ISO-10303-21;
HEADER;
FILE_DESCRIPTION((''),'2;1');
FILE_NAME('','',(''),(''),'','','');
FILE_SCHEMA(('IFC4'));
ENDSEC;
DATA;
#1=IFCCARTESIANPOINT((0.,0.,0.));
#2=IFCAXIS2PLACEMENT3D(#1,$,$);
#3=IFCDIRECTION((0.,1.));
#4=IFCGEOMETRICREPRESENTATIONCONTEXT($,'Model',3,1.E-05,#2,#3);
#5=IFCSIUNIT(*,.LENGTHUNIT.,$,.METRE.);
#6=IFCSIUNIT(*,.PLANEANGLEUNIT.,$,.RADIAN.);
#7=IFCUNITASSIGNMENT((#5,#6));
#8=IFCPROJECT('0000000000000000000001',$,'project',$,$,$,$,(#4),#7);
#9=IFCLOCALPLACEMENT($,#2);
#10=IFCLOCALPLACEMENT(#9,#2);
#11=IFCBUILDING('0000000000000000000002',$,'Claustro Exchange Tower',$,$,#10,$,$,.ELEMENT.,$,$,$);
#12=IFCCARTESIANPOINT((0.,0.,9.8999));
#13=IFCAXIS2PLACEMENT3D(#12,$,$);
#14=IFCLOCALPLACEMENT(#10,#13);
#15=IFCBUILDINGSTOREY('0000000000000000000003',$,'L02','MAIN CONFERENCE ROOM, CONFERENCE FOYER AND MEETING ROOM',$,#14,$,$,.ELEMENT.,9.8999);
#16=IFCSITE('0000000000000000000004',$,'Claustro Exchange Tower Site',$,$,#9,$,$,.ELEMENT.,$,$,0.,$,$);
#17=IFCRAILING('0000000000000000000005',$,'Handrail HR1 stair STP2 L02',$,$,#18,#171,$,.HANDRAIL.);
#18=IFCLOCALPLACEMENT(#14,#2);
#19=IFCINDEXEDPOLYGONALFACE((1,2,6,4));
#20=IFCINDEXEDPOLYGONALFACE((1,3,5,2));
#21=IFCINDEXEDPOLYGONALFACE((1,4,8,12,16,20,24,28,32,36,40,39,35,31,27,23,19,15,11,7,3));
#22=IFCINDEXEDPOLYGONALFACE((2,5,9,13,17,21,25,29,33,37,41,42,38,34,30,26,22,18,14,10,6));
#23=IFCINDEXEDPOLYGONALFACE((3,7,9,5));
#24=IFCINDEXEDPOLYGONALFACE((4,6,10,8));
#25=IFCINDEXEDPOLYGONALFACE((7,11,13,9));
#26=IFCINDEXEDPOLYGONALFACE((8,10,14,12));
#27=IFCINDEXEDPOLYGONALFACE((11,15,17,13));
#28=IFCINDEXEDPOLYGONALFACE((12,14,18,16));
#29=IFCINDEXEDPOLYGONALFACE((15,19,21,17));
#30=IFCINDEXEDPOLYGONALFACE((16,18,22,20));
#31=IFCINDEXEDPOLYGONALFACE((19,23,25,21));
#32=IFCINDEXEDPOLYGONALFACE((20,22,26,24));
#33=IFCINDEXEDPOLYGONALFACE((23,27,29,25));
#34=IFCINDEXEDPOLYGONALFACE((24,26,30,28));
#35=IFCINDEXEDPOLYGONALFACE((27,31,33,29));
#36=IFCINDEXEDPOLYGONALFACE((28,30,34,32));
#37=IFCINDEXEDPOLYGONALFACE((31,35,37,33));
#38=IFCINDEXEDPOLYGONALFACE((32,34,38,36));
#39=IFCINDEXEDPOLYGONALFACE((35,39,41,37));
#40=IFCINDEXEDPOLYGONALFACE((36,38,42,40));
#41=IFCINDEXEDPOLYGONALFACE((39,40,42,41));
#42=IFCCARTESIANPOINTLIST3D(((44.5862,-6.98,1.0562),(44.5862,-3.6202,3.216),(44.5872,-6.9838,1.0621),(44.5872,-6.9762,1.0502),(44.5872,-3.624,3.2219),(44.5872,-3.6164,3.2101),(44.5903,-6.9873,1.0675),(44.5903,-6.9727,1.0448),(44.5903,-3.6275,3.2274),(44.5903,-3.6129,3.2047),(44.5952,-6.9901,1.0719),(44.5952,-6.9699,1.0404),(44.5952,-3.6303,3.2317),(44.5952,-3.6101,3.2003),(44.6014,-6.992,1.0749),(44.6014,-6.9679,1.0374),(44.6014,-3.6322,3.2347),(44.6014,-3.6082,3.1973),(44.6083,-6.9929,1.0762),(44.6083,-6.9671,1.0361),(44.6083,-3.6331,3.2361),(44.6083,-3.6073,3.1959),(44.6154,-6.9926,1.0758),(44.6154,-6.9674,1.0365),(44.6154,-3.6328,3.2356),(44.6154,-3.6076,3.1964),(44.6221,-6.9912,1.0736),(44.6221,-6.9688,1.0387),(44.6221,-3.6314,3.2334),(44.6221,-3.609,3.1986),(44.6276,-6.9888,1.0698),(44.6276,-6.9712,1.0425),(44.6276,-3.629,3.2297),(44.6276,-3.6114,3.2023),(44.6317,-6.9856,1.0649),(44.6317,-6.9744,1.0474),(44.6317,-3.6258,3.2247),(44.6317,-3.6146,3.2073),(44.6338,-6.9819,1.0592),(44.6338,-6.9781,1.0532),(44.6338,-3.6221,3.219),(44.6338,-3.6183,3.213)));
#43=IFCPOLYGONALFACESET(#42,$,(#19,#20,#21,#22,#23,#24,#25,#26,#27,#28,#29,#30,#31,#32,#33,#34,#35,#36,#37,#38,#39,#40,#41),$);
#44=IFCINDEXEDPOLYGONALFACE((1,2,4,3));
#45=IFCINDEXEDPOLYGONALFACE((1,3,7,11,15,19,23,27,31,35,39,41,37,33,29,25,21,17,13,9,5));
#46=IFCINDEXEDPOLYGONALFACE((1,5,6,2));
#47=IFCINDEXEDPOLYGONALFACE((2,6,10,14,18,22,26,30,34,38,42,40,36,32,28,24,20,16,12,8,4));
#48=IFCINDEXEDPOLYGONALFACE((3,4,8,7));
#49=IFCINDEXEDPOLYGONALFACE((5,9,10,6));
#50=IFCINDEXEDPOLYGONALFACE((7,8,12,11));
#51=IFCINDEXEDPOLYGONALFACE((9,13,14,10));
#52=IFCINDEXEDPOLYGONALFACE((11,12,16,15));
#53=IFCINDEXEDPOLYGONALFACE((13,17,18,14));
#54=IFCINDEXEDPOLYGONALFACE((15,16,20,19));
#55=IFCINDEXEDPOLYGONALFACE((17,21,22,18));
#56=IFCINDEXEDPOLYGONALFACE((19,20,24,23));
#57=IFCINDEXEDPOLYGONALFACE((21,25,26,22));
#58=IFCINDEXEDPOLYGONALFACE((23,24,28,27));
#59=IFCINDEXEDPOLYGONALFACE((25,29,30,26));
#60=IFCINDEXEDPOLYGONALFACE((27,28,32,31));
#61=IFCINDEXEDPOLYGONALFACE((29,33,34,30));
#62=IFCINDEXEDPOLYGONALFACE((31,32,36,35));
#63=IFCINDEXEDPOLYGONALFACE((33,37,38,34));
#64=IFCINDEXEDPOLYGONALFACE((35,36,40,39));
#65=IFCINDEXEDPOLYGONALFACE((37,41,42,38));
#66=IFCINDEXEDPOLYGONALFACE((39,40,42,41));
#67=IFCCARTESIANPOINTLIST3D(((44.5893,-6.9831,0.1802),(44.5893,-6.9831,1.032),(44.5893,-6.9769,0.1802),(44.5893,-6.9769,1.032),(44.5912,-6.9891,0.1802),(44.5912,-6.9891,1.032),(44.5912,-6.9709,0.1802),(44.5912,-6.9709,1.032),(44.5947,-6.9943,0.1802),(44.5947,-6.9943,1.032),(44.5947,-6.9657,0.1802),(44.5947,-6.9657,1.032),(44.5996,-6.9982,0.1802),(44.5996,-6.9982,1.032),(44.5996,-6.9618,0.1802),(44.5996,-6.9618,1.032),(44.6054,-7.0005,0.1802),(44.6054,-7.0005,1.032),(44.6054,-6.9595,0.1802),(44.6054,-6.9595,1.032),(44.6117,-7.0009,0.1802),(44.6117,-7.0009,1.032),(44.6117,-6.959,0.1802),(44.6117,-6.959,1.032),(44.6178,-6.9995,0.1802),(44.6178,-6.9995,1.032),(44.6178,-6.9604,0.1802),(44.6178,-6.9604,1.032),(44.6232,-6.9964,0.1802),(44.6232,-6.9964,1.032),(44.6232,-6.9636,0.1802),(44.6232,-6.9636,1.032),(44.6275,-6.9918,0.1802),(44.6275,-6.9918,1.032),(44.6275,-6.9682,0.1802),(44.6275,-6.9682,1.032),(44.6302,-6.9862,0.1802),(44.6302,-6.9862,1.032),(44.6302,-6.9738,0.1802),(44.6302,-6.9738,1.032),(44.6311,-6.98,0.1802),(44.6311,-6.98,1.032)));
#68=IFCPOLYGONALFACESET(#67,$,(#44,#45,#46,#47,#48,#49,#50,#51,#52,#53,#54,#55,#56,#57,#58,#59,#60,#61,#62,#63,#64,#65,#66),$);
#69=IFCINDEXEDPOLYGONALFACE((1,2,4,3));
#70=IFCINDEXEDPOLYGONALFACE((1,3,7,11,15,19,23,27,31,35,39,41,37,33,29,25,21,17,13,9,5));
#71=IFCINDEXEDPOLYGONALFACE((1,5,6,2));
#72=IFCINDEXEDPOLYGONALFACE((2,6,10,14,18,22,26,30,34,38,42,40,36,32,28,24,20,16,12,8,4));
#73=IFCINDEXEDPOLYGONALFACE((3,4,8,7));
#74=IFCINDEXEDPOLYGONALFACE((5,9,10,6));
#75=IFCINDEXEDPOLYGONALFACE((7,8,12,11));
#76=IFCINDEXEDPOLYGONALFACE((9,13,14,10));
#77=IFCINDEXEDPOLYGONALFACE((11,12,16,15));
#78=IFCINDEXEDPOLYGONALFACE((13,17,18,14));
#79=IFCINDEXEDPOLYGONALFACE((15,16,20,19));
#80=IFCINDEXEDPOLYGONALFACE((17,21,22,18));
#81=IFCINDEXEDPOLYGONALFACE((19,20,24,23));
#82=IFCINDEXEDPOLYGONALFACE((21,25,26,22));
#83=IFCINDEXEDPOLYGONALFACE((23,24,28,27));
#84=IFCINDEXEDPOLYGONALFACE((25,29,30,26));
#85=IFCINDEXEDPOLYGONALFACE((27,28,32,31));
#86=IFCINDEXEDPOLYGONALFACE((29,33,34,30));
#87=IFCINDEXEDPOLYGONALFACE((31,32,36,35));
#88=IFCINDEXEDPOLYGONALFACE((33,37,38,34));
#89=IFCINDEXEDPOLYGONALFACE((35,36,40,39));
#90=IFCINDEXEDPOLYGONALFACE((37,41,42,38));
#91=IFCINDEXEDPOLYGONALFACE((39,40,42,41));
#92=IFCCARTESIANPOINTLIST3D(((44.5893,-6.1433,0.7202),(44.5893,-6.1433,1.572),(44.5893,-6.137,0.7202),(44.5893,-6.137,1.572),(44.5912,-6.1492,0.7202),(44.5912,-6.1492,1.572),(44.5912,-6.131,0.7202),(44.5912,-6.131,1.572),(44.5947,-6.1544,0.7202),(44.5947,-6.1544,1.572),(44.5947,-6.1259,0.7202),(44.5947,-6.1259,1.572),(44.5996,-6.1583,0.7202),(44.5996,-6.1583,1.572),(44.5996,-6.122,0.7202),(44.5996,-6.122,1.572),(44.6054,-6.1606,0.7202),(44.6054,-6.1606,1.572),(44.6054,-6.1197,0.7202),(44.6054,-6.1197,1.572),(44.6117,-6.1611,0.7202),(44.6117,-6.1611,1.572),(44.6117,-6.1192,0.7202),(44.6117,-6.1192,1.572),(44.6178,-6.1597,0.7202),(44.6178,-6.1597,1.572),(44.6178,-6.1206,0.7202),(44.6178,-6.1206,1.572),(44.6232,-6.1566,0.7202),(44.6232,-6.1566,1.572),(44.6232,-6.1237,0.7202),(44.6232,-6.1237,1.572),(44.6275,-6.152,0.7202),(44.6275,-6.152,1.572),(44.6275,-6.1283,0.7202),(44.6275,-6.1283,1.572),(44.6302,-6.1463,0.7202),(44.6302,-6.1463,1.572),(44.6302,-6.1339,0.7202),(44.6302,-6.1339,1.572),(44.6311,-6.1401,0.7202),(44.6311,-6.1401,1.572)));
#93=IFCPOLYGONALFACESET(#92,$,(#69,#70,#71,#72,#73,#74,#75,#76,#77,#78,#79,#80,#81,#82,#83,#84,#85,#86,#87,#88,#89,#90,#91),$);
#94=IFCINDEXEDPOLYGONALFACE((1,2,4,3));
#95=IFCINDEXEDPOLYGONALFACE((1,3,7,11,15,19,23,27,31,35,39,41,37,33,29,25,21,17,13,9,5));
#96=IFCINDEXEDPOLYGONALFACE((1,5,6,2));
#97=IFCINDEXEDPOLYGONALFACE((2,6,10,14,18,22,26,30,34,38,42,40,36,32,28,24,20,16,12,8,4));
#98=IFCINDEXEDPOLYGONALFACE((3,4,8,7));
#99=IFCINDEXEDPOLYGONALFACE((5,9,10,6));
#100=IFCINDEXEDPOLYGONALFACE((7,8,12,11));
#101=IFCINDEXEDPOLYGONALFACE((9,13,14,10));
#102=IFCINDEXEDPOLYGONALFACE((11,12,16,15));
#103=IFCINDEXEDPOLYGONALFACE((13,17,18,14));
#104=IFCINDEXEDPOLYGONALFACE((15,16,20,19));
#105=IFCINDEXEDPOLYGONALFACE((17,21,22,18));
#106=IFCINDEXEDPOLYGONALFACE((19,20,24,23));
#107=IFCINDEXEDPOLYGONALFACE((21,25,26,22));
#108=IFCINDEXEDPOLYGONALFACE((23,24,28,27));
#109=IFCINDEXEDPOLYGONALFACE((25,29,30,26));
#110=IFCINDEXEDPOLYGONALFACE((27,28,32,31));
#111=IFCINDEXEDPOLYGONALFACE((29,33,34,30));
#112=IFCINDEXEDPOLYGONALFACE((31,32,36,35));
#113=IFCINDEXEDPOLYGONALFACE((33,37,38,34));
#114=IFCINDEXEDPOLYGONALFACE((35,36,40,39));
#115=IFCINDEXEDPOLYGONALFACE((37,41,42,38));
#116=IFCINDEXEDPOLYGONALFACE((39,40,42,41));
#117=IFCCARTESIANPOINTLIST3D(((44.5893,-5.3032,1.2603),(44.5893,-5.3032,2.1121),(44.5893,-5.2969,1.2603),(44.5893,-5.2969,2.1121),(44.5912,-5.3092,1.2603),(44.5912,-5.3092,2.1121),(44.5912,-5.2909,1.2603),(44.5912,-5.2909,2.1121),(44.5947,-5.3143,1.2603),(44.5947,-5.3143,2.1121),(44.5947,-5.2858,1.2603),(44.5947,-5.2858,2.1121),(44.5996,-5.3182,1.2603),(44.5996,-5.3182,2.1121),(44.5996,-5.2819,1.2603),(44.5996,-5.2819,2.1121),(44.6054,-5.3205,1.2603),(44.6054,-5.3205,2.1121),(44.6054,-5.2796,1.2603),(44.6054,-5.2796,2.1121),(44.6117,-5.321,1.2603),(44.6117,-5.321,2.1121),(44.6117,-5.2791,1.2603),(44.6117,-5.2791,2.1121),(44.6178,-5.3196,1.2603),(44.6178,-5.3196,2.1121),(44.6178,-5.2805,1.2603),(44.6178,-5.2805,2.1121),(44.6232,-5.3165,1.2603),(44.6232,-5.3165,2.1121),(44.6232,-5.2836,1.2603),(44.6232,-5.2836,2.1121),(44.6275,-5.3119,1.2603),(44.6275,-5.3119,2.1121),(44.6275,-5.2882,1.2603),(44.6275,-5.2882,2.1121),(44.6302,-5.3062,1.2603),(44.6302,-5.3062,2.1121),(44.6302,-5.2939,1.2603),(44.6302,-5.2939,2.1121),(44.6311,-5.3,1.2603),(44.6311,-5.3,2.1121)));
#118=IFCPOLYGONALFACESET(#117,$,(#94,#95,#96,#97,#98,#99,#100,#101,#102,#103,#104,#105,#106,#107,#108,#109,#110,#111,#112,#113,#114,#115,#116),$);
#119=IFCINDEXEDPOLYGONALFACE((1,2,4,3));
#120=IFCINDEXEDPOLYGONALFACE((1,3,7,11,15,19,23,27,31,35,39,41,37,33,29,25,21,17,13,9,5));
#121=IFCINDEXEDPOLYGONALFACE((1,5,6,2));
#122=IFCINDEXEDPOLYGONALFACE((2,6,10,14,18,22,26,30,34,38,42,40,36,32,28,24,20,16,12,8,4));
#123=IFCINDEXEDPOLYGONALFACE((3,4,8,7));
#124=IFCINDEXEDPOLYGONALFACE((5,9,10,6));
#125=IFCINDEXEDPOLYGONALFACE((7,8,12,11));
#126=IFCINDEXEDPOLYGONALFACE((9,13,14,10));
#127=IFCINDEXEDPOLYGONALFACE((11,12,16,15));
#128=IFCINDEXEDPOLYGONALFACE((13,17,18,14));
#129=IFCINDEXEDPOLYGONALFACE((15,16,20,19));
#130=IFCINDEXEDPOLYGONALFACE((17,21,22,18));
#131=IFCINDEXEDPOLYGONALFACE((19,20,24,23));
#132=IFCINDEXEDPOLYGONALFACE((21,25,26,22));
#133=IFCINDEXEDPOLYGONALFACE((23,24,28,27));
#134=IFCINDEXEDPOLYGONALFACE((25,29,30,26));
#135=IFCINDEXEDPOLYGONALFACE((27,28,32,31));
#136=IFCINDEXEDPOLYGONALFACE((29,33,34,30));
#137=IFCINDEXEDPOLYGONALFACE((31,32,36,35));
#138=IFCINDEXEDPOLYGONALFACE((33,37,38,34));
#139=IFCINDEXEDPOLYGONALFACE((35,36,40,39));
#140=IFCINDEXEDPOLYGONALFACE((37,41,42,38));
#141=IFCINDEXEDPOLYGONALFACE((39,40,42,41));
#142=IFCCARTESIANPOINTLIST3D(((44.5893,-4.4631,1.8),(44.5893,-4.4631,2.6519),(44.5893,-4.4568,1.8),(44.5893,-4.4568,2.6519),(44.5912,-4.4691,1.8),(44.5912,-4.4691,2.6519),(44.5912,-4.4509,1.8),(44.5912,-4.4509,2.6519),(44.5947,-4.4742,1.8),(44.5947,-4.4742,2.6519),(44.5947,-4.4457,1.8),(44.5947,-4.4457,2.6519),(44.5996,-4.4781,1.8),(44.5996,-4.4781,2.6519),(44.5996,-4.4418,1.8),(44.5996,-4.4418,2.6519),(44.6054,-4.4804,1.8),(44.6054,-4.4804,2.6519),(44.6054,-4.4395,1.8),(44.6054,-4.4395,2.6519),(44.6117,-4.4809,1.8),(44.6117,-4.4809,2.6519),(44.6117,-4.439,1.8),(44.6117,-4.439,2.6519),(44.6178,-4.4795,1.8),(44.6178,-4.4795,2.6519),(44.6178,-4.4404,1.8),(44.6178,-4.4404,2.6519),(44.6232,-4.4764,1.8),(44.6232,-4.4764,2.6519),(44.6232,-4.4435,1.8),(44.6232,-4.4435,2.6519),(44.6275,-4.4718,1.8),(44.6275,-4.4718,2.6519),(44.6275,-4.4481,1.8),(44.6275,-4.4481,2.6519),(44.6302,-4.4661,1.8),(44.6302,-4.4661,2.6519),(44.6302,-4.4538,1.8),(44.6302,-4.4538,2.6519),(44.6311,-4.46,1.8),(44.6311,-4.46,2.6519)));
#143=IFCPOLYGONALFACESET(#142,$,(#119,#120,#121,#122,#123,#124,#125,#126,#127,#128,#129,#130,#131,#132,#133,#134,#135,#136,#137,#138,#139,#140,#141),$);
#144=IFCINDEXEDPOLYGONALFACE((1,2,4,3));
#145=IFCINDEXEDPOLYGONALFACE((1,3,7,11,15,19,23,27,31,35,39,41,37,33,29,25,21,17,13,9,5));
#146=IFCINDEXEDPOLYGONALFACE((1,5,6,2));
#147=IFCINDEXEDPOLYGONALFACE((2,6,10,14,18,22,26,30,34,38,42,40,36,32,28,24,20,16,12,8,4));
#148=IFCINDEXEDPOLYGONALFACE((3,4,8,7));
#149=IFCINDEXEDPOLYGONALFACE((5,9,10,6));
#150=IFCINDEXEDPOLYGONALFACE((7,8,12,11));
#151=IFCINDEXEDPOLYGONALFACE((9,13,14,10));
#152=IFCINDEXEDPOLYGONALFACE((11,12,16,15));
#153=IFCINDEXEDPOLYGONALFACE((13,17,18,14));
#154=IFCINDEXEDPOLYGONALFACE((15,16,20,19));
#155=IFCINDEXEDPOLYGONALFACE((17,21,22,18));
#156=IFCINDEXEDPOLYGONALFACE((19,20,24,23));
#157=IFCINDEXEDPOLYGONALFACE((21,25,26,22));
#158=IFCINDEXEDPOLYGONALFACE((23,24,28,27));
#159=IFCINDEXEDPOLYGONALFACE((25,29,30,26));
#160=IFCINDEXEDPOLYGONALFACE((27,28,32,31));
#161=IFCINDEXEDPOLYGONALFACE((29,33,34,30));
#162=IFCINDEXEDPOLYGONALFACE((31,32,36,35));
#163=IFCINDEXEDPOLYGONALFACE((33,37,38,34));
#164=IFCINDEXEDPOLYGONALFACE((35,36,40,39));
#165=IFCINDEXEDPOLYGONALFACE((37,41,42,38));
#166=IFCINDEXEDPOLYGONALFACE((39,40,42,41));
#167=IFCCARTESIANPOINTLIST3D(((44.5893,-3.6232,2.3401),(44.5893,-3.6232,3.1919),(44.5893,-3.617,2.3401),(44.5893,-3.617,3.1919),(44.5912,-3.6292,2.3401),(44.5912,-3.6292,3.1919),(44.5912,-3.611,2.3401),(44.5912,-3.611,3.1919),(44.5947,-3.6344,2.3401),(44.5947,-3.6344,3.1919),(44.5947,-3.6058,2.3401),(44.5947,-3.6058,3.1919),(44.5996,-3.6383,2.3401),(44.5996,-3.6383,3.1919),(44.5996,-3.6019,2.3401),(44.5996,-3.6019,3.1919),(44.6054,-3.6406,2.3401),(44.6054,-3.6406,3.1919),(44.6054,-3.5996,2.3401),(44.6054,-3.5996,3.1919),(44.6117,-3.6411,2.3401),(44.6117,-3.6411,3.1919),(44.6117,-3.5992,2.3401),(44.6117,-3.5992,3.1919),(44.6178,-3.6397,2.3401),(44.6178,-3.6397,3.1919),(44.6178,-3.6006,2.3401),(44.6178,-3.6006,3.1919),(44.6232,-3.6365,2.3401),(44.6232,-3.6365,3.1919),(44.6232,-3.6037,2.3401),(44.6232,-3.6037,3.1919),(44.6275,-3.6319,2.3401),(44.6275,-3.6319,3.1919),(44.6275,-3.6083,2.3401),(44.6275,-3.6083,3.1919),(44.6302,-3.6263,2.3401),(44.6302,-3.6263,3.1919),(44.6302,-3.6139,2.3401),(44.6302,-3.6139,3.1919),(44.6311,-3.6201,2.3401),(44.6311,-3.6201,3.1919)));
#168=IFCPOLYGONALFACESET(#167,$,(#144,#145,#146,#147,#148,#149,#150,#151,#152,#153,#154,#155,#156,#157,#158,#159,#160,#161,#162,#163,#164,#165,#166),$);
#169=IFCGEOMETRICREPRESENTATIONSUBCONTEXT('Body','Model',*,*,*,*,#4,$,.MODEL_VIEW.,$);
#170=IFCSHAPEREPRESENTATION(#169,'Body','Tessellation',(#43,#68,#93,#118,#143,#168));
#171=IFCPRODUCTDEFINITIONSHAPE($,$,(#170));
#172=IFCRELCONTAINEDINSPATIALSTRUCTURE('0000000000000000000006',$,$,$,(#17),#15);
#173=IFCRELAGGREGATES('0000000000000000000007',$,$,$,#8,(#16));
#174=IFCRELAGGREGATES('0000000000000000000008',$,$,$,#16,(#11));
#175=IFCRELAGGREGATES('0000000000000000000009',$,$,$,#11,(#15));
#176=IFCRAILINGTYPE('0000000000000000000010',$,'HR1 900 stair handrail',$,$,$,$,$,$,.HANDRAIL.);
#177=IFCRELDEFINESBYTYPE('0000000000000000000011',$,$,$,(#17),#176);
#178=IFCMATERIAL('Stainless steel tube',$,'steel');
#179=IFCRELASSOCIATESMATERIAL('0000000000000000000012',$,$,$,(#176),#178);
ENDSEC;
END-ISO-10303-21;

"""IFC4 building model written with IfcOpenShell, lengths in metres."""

from ifc_helpers import new_model, si_unit, direction, frame, origin, origin_2d, place, context, subcontext, project, spatial, circle, extrude, material, type_object, element, save


model = new_model("IFC4")

# Units and contexts
model_context = context("Model", 3, precision=1e-05, world=origin(), true_north=direction((0.0, 1.0)))
body_context = subcontext(model_context, "Body", "Model", "MODEL_VIEW")
ifc_project = project(units=[si_unit("LENGTHUNIT", "METRE"), si_unit("PLANEANGLEUNIT", "RADIAN")], contexts=[model_context])

# Site, building, storey
site_placement = place(None, origin())
site = spatial("IfcSite", under=ifc_project, at=site_placement, Name="Claustro Exchange Tower Site", CompositionType="ELEMENT", RefElevation=0.0)
building_placement = place(site_placement, origin())
building = spatial("IfcBuilding", under=site, at=building_placement, Name="Claustro Exchange Tower", CompositionType="ELEMENT")
storey_placement = place(building_placement, frame((0.0, 0.0, 9.8999)))
storey = spatial("IfcBuildingStorey", under=building, at=storey_placement, Name="L02", Description="MAIN CONFERENCE ROOM, CONFERENCE FOYER AND MEETING ROOM", CompositionType="ELEMENT", Elevation=9.8999)

# Railing
ifc_material_1 = material(Name="Stainless steel tube", Category="steel")
railing_type_1 = type_object("IfcRailingType", Name="HR1 900 stair handrail", PredefinedType="HANDRAIL", material=ifc_material_1)
railing_1_placement = place(storey_placement, frame((44.6101, -6.98, 0.1802)))
element("IfcRailing", 1, at=railing_1_placement, inside=storey, type_object=railing_type_1, Name="Handrail HR1 stair STP2 L02", PredefinedType="HANDRAIL", context=body_context, shape_type="SweptSolid", body=[
    extrude(circle(Radius=0.0239, at=origin_2d()), frame((0.0, 0.0, 0.876), z_axis=(0.0, 0.841178, 0.540758), x_axis=(-1.0, 0.0, 0.0)), (0.0, 0.0, 1.0), 3.9941),
    extrude(circle(Radius=0.021, at=origin_2d()), origin(), (0.0, 0.0, 1.0), 0.8518),
    extrude(circle(Radius=0.021, at=origin_2d()), frame((0.0, 0.8398, 0.54)), (0.0, 0.0, 1.0), 0.8518),
    extrude(circle(Radius=0.021, at=origin_2d()), frame((0.0, 1.6799, 1.0801)), (0.0, 0.0, 1.0), 0.8518),
    extrude(circle(Radius=0.021, at=origin_2d()), frame((0.0, 2.52, 1.6199)), (0.0, 0.0, 1.0), 0.8518),
    extrude(circle(Radius=0.021, at=origin_2d()), frame((0.0, 3.3599, 2.1599)), (0.0, 0.0, 1.0), 0.8518),
])

save(model, "model.ifc")
